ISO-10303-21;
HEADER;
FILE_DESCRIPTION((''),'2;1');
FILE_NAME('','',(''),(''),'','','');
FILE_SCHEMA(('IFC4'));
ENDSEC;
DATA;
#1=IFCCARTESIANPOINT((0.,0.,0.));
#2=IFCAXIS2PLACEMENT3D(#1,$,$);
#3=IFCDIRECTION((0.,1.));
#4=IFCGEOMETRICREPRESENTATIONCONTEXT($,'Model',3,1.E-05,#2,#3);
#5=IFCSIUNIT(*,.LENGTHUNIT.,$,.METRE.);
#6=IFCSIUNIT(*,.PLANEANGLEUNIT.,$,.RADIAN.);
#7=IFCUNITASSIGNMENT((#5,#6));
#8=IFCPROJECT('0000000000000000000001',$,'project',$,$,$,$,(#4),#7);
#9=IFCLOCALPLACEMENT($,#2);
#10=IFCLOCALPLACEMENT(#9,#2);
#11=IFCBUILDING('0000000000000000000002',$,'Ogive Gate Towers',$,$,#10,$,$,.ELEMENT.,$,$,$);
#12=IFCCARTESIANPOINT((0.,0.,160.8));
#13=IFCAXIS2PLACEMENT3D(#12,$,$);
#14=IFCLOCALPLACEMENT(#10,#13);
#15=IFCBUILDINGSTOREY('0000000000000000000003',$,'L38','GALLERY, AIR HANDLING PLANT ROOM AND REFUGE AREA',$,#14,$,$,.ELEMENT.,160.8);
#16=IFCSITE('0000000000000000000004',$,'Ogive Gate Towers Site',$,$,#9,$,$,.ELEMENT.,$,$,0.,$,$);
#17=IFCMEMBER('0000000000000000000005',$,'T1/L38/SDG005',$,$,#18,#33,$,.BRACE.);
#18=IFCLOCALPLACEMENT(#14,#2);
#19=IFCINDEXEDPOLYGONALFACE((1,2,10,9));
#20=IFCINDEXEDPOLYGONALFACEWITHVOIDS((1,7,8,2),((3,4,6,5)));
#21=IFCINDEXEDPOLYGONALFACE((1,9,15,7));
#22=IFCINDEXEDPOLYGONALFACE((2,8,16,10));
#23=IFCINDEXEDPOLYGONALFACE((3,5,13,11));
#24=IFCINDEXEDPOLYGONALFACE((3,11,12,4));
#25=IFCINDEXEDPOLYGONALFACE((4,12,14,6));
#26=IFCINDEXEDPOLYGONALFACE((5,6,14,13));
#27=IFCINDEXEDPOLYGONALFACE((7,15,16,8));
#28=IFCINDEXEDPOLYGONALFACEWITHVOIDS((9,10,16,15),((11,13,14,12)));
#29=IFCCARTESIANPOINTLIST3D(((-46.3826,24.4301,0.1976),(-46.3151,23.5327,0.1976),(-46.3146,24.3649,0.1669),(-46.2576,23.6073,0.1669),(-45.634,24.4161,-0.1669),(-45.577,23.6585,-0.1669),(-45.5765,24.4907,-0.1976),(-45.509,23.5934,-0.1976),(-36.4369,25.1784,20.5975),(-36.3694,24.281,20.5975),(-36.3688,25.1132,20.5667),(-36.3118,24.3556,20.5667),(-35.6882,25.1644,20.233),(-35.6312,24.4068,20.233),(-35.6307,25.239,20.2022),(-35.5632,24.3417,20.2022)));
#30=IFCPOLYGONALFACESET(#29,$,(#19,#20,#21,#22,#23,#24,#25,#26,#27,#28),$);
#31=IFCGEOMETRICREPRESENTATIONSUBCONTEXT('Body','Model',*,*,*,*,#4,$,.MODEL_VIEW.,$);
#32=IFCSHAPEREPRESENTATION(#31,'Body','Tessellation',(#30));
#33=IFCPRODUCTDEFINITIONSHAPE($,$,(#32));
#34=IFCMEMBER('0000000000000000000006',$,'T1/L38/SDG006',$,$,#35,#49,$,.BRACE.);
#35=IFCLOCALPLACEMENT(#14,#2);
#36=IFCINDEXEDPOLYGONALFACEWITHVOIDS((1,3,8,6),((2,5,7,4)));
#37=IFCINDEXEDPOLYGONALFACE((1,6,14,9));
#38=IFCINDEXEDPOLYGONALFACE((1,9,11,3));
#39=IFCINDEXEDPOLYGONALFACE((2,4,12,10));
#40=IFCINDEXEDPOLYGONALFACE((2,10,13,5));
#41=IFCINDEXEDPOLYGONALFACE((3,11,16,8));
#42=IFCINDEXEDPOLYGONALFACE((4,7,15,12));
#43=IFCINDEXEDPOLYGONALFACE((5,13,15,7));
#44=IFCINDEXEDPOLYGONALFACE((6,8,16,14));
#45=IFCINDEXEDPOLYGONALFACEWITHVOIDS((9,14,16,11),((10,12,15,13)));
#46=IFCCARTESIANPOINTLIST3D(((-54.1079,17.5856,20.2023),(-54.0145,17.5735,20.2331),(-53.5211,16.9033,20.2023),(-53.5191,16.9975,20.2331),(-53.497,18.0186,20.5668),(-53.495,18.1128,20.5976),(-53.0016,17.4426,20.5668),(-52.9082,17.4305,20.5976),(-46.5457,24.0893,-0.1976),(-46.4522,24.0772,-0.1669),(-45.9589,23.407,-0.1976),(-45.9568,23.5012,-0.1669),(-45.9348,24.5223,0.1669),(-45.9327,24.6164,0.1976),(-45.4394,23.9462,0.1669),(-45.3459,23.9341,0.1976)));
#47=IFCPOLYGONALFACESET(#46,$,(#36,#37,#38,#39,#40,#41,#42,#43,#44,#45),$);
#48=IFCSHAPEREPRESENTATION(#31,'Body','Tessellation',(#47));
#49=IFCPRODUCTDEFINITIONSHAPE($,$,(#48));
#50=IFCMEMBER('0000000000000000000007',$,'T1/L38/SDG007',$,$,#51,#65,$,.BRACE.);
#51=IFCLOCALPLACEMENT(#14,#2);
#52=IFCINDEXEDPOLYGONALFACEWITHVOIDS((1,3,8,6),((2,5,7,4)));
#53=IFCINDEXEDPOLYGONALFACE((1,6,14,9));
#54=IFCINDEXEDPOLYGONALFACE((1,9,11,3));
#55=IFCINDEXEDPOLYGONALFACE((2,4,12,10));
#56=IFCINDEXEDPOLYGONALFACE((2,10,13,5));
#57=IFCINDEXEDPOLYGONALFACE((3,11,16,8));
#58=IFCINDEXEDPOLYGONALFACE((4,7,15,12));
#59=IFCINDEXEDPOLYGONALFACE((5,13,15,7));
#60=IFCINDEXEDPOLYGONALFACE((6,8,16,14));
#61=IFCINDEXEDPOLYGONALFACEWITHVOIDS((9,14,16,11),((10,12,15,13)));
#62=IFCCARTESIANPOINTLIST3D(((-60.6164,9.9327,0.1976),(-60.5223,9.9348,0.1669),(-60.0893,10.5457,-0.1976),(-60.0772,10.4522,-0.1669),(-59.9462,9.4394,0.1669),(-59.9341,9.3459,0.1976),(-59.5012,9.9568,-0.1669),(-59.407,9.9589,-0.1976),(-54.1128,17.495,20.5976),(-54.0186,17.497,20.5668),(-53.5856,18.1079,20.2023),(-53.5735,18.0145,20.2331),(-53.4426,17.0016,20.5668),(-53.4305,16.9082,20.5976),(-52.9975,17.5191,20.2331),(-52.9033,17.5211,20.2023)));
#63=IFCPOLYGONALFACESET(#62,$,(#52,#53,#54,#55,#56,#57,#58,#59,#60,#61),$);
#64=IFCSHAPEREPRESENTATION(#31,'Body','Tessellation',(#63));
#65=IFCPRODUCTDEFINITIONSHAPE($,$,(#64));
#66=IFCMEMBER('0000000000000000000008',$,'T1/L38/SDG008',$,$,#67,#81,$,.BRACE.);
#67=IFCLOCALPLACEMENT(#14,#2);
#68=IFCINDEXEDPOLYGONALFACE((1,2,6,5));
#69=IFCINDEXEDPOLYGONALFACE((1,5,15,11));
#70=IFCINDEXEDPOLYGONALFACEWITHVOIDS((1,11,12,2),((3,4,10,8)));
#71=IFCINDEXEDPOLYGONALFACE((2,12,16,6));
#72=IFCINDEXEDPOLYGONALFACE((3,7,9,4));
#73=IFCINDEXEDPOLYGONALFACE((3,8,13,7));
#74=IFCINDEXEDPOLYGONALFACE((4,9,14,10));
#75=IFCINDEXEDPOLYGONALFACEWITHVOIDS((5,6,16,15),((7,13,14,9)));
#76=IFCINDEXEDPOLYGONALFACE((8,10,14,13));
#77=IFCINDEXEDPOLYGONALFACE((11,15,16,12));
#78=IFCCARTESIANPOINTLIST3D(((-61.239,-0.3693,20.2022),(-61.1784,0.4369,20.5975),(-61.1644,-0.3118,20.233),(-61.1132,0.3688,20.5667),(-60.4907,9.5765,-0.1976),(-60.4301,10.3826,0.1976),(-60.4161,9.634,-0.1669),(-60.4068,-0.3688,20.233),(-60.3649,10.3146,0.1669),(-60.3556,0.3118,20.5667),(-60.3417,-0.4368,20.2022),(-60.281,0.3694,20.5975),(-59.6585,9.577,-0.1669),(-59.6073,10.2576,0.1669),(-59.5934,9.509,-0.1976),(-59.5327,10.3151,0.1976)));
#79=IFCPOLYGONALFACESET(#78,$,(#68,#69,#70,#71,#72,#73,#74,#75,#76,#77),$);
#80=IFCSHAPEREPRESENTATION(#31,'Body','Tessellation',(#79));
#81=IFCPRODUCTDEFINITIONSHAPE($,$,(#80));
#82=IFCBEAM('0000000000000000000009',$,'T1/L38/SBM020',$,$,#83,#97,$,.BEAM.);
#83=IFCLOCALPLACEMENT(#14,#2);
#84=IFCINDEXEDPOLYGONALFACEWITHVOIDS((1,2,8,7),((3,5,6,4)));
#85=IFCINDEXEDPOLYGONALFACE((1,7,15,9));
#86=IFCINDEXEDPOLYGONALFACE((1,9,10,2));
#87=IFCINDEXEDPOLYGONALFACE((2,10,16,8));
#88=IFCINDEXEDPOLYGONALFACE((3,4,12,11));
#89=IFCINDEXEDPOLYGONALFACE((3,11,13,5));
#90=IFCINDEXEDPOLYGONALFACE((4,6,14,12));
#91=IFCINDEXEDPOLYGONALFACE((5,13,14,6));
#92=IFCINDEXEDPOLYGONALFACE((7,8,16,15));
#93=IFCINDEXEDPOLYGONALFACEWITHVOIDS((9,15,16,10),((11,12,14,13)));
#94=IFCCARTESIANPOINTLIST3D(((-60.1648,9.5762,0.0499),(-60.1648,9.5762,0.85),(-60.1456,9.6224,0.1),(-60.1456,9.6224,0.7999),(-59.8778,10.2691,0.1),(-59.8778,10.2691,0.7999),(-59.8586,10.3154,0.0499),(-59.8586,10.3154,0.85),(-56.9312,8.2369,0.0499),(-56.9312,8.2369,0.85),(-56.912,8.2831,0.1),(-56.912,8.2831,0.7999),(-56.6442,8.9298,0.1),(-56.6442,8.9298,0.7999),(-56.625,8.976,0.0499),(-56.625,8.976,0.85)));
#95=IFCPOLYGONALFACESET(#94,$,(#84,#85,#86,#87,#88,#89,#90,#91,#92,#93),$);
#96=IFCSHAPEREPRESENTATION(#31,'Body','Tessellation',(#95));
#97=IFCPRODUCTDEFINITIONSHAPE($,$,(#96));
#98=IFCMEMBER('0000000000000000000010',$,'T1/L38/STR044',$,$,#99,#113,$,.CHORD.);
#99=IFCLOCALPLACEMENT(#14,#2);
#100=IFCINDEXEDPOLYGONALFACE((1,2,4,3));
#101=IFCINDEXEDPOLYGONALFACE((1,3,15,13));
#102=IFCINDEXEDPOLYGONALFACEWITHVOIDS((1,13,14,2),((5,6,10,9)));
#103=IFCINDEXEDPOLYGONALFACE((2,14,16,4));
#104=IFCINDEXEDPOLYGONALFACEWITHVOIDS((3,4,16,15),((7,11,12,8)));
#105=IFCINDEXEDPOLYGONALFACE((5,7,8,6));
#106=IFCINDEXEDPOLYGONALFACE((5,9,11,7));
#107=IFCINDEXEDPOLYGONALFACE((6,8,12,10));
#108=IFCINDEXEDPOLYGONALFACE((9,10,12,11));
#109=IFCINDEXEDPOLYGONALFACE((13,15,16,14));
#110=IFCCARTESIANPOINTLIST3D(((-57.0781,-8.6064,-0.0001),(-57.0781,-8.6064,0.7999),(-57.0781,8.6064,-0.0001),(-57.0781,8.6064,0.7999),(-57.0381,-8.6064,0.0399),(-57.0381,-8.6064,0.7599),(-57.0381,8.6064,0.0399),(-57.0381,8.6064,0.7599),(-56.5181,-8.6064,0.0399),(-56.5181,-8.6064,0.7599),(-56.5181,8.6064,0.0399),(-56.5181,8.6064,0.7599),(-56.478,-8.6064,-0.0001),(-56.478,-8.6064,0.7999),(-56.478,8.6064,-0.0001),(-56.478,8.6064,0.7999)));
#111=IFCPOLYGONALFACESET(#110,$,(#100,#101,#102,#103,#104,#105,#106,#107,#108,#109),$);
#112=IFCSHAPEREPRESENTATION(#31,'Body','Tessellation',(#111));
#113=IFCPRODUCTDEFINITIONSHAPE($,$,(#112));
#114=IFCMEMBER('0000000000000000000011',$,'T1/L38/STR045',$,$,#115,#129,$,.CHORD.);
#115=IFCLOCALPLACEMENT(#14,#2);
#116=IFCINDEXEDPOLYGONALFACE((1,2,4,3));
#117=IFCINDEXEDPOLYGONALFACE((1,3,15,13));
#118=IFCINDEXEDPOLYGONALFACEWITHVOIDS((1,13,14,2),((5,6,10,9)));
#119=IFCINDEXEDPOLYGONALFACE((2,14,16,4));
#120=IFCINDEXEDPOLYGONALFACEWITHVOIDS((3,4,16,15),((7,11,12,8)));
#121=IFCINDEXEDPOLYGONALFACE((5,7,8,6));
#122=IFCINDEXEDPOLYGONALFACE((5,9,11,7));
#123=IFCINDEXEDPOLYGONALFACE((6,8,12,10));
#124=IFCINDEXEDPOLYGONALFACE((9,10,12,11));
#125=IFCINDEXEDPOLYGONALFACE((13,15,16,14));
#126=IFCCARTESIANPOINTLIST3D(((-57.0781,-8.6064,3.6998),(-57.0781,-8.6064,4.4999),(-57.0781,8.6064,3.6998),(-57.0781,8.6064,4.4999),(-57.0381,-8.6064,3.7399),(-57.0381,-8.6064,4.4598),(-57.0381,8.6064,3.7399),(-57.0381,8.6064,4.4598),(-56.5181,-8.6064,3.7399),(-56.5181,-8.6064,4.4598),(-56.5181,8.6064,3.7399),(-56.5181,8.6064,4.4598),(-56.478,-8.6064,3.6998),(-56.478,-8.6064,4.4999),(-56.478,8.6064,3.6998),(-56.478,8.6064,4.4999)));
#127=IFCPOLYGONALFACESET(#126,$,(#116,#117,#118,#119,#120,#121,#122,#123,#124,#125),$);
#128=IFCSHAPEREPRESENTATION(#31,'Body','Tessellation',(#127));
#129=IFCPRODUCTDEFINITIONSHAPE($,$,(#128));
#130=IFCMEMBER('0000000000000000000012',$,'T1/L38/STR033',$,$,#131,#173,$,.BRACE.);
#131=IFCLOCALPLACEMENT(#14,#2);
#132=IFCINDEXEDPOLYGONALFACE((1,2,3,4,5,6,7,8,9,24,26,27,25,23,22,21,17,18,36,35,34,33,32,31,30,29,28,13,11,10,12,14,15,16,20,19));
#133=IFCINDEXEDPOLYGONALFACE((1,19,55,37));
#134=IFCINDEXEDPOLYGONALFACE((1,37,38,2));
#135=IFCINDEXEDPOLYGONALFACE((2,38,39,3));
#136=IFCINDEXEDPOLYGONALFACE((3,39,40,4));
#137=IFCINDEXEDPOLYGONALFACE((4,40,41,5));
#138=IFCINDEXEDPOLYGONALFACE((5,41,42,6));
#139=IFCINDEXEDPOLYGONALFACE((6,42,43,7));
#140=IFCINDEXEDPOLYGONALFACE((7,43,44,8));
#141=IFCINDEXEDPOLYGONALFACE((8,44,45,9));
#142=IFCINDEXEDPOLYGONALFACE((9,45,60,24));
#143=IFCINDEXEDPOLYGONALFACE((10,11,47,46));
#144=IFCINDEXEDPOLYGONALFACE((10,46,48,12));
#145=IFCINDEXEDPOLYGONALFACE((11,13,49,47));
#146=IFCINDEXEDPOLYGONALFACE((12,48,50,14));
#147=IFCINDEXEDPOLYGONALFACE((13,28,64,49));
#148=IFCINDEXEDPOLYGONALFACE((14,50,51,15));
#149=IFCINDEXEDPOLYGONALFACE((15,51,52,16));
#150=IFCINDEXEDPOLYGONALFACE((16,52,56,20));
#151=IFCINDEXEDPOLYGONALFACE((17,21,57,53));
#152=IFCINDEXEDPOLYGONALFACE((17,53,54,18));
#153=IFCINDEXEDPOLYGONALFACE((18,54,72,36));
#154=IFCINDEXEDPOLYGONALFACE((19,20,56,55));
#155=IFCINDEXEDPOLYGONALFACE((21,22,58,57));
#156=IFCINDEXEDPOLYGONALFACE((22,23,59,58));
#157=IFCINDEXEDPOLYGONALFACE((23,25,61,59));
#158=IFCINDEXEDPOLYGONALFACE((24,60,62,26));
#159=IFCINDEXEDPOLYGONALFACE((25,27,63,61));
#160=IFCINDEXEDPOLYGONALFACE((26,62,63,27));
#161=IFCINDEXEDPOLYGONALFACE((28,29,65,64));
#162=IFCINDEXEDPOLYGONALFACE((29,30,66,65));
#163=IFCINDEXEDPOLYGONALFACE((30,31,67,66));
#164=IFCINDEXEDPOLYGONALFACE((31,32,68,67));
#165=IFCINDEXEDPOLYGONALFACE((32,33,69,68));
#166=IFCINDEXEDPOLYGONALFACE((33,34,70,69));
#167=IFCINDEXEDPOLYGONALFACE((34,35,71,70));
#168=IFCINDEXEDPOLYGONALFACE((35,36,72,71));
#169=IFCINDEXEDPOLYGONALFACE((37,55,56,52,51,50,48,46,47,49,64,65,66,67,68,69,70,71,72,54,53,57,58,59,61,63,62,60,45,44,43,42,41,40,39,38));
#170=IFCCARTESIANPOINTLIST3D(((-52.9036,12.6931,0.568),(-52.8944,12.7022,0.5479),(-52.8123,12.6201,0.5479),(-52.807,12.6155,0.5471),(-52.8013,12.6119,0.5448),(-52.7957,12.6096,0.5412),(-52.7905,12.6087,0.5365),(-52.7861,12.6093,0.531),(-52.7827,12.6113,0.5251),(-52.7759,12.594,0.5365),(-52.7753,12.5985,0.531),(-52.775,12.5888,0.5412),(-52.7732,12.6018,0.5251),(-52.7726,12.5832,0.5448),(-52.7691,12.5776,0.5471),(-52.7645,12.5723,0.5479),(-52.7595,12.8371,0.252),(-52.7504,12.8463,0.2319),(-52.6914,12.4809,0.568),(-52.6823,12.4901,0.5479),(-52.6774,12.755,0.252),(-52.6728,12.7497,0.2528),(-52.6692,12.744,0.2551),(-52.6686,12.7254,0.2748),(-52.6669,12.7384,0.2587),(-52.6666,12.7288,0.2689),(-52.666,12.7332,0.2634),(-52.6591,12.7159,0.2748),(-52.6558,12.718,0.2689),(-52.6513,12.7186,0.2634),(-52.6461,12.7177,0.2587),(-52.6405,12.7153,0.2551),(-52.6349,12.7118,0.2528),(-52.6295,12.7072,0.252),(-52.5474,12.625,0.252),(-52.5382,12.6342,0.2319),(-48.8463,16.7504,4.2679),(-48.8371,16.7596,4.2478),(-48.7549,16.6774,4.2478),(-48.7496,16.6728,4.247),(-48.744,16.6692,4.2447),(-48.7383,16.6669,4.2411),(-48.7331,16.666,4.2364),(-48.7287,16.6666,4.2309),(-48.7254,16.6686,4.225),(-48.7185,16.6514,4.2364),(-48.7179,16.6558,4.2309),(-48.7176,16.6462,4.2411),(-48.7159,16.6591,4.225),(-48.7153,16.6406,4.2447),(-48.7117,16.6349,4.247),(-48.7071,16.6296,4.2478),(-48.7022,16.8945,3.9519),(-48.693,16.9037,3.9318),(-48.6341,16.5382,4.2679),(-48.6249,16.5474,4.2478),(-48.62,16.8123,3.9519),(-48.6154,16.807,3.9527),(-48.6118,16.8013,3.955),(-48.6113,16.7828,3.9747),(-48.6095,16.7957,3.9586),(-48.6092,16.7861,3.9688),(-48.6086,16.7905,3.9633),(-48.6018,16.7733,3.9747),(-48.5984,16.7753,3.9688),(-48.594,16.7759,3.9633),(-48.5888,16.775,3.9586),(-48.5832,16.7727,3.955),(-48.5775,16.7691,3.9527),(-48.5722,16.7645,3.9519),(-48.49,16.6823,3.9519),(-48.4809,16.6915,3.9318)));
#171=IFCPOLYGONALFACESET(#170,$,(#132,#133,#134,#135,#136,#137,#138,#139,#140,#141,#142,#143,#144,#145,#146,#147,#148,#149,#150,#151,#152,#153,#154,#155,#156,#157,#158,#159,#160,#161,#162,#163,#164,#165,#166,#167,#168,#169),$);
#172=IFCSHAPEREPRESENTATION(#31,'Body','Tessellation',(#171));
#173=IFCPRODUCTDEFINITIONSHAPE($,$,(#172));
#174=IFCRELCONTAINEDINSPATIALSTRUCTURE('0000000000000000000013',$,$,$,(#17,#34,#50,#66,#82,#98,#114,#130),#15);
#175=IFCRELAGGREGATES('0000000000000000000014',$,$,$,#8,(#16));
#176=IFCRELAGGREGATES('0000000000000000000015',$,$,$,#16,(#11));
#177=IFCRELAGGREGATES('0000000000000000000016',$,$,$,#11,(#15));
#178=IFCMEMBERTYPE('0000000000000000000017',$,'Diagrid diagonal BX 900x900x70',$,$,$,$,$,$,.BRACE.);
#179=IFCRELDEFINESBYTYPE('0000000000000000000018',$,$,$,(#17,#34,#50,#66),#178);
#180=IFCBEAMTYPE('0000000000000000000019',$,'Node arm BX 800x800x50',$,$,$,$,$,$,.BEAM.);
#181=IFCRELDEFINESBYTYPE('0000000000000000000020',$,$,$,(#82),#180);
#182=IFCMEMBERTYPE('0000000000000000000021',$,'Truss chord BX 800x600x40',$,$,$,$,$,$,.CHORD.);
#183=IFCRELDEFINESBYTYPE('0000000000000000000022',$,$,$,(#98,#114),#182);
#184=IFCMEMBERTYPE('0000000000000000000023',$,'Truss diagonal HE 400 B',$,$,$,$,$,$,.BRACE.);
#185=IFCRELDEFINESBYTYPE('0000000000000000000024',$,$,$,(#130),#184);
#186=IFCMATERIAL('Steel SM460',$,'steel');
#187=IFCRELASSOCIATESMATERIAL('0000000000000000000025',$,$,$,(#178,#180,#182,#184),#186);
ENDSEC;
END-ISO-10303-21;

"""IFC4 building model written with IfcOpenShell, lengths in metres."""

from ifc_helpers import new_model, si_unit, direction, frame, origin, origin_2d, place, context, subcontext, project, spatial, hollow_rectangle, i_section, extrude, material, material_profile, profile_set, type_object, element, save


model = new_model("IFC4")

# Units and contexts
model_context = context("Model", 3, precision=1e-05, world=origin(), true_north=direction((0.0, 1.0)))
body_context = subcontext(model_context, "Body", "Model", "MODEL_VIEW")
ifc_project = project(units=[si_unit("LENGTHUNIT", "METRE"), si_unit("PLANEANGLEUNIT", "RADIAN")], contexts=[model_context])

# Site, building, storey
site_placement = place(None, origin())
site = spatial("IfcSite", under=ifc_project, at=site_placement, Name="Ogive Gate Towers Site", CompositionType="ELEMENT", RefElevation=0.0)
building_placement = place(site_placement, origin())
building = spatial("IfcBuilding", under=site, at=building_placement, Name="Ogive Gate Towers", CompositionType="ELEMENT")
storey_placement = place(building_placement, frame((0.0, 0.0, 160.8)))
storey = spatial("IfcBuildingStorey", under=building, at=storey_placement, Name="L38", Description="GALLERY, AIR HANDLING PLANT ROOM AND REFUGE AREA", CompositionType="ELEMENT", Elevation=160.8)

# Members
ifc_material_1 = material(Name="Steel SM460", Category="steel")
ifc_material_profile_1 = material_profile(ifc_material_1, hollow_rectangle(XDim=0.8999, YDim=0.8999, WallThickness=0.0701, at=origin_2d()), Name="BX 900x900x70")
ifc_profile_set_1 = profile_set([ifc_material_profile_1], Name="Steel SM460")
member_type_1 = type_object("IfcMemberType", Name="Diagrid diagonal BX 900x900x70", PredefinedType="BRACE", material=ifc_profile_set_1)
member_1_placement = place(storey_placement, frame((-45.9458, 24.0117, 0.0), z_axis=(0.437994, 0.032953, 0.898374), x_axis=(-0.075025, 0.997182, 0.0)))
element("IfcMember", 1, at=member_1_placement, inside=storey, type_object=member_type_1, Name="T1/L38/SDG005", PredefinedType="BRACE", context=body_context, shape_type="SweptSolid", body=[
    extrude(hollow_rectangle(XDim=0.8999, YDim=0.8999, WallThickness=0.0701, at=origin_2d()), origin(), (0.0, 0.0, 1.0), 22.7075),
])
for number, where, z_axis, x_axis, name in (
    (2, (-45.9458, 24.0117, 0.0), (-0.333026, -0.286407, 0.898368), (0.652046, -0.758179, 0.0), "T1/L38/SDG006"),
    (3, (-60.0117, 9.9458, 0.0), (0.286407, 0.333026, 0.898368), (-0.758179, 0.652046, 0.0), "T1/L38/SDG007"),
):
    element("IfcMember", number, at=place(storey_placement, frame(where, z_axis=z_axis, x_axis=x_axis)), inside=storey, type_object=member_type_1, Name=name, PredefinedType="BRACE", context=body_context, shape_type="SweptSolid", body=[
        extrude(hollow_rectangle(XDim=0.8999, YDim=0.8999, WallThickness=0.0701, at=origin_2d()), origin(), (0.0, 0.0, 1.0), 22.7078),
    ])
member_2_placement = place(storey_placement, frame((-60.0117, 9.9458, 0.0), z_axis=(-0.032953, -0.437994, 0.898374), x_axis=(0.997182, -0.075025, 0.0)))
element("IfcMember", 4, at=member_2_placement, inside=storey, type_object=member_type_1, Name="T1/L38/SDG008", PredefinedType="BRACE", context=body_context, shape_type="SweptSolid", body=[
    extrude(hollow_rectangle(XDim=0.8999, YDim=0.8999, WallThickness=0.0701, at=origin_2d()), origin(), (0.0, 0.0, 1.0), 22.7075),
])

# Beam
ifc_material_profile_2 = material_profile(ifc_material_1, hollow_rectangle(XDim=0.8, YDim=0.8, WallThickness=0.05, at=origin_2d()), Name="BX 800x800x50")
ifc_profile_set_2 = profile_set([ifc_material_profile_2], Name="Steel SM460")
beam_type = type_object("IfcBeamType", Name="Node arm BX 800x800x50", PredefinedType="BEAM", material=ifc_profile_set_2)
beam_placement = place(storey_placement, frame((-56.7781, 8.6064, 0.45), z_axis=(-0.923886, 0.382668, 0.0), x_axis=(-0.382668, -0.923886, 0.0)))
element("IfcBeam", 5, at=beam_placement, inside=storey, type_object=beam_type, Name="T1/L38/SBM020", PredefinedType="BEAM", context=body_context, shape_type="SweptSolid", body=[
    extrude(hollow_rectangle(XDim=0.8, YDim=0.8, WallThickness=0.05, at=origin_2d()), origin(), (0.0, 0.0, 1.0), 3.5),
])

# Members
ifc_material_profile_3 = material_profile(ifc_material_1, hollow_rectangle(XDim=0.6001, YDim=0.8, WallThickness=0.04, at=origin_2d()), Name="BX 800x600x40")
ifc_profile_set_3 = profile_set([ifc_material_profile_3], Name="Steel SM460")
member_type_2 = type_object("IfcMemberType", Name="Truss chord BX 800x600x40", PredefinedType="CHORD", material=ifc_profile_set_3)
for number, where, z_axis, x_axis, name in (
    (6, (-56.7781, 8.6064, 0.3999), (0.0, -1.0, 0.0), (1.0, 0.0, 0.0), "T1/L38/STR044"),
    (7, (-56.7781, 8.6064, 4.0999), (0.0, -1.0, 0.0), (1.0, 0.0, 0.0), "T1/L38/STR045"),
):
    element("IfcMember", number, at=place(storey_placement, frame(where, z_axis=z_axis, x_axis=x_axis)), inside=storey, type_object=member_type_2, Name=name, PredefinedType="CHORD", context=body_context, shape_type="SweptSolid", body=[
        extrude(hollow_rectangle(XDim=0.6001, YDim=0.8, WallThickness=0.04, at=origin_2d()), origin(), (0.0, 0.0, 1.0), 17.2129),
    ])
ifc_material_profile_4 = material_profile(ifc_material_1, i_section(OverallWidth=0.3, OverallDepth=0.3999, WebThickness=0.0134, FlangeThickness=0.0239, FilletRadius=0.0271, at=origin_2d()), Name="HE 400 B")
ifc_profile_set_4 = profile_set([ifc_material_profile_4], Name="Steel SM460")
member_type_3 = type_object("IfcMemberType", Name="Truss diagonal HE 400 B", PredefinedType="BRACE", material=ifc_profile_set_4)
member_3_placement = place(storey_placement, frame((-48.6636, 16.7209, 4.0999), z_axis=(-0.594273, -0.594273, -0.541922), x_axis=(0.707107, -0.707107, 0.0)))
element("IfcMember", 8, at=member_3_placement, inside=storey, type_object=member_type_3, Name="T1/L38/STR033", PredefinedType="BRACE", context=body_context, shape_type="SweptSolid", body=[
    extrude(i_section(OverallWidth=0.3, OverallDepth=0.3999, WebThickness=0.0134, FlangeThickness=0.0239, FilletRadius=0.0271, at=origin_2d()), origin(), (0.0, 0.0, 1.0), 6.8274),
])

save(model, "model.ifc")
